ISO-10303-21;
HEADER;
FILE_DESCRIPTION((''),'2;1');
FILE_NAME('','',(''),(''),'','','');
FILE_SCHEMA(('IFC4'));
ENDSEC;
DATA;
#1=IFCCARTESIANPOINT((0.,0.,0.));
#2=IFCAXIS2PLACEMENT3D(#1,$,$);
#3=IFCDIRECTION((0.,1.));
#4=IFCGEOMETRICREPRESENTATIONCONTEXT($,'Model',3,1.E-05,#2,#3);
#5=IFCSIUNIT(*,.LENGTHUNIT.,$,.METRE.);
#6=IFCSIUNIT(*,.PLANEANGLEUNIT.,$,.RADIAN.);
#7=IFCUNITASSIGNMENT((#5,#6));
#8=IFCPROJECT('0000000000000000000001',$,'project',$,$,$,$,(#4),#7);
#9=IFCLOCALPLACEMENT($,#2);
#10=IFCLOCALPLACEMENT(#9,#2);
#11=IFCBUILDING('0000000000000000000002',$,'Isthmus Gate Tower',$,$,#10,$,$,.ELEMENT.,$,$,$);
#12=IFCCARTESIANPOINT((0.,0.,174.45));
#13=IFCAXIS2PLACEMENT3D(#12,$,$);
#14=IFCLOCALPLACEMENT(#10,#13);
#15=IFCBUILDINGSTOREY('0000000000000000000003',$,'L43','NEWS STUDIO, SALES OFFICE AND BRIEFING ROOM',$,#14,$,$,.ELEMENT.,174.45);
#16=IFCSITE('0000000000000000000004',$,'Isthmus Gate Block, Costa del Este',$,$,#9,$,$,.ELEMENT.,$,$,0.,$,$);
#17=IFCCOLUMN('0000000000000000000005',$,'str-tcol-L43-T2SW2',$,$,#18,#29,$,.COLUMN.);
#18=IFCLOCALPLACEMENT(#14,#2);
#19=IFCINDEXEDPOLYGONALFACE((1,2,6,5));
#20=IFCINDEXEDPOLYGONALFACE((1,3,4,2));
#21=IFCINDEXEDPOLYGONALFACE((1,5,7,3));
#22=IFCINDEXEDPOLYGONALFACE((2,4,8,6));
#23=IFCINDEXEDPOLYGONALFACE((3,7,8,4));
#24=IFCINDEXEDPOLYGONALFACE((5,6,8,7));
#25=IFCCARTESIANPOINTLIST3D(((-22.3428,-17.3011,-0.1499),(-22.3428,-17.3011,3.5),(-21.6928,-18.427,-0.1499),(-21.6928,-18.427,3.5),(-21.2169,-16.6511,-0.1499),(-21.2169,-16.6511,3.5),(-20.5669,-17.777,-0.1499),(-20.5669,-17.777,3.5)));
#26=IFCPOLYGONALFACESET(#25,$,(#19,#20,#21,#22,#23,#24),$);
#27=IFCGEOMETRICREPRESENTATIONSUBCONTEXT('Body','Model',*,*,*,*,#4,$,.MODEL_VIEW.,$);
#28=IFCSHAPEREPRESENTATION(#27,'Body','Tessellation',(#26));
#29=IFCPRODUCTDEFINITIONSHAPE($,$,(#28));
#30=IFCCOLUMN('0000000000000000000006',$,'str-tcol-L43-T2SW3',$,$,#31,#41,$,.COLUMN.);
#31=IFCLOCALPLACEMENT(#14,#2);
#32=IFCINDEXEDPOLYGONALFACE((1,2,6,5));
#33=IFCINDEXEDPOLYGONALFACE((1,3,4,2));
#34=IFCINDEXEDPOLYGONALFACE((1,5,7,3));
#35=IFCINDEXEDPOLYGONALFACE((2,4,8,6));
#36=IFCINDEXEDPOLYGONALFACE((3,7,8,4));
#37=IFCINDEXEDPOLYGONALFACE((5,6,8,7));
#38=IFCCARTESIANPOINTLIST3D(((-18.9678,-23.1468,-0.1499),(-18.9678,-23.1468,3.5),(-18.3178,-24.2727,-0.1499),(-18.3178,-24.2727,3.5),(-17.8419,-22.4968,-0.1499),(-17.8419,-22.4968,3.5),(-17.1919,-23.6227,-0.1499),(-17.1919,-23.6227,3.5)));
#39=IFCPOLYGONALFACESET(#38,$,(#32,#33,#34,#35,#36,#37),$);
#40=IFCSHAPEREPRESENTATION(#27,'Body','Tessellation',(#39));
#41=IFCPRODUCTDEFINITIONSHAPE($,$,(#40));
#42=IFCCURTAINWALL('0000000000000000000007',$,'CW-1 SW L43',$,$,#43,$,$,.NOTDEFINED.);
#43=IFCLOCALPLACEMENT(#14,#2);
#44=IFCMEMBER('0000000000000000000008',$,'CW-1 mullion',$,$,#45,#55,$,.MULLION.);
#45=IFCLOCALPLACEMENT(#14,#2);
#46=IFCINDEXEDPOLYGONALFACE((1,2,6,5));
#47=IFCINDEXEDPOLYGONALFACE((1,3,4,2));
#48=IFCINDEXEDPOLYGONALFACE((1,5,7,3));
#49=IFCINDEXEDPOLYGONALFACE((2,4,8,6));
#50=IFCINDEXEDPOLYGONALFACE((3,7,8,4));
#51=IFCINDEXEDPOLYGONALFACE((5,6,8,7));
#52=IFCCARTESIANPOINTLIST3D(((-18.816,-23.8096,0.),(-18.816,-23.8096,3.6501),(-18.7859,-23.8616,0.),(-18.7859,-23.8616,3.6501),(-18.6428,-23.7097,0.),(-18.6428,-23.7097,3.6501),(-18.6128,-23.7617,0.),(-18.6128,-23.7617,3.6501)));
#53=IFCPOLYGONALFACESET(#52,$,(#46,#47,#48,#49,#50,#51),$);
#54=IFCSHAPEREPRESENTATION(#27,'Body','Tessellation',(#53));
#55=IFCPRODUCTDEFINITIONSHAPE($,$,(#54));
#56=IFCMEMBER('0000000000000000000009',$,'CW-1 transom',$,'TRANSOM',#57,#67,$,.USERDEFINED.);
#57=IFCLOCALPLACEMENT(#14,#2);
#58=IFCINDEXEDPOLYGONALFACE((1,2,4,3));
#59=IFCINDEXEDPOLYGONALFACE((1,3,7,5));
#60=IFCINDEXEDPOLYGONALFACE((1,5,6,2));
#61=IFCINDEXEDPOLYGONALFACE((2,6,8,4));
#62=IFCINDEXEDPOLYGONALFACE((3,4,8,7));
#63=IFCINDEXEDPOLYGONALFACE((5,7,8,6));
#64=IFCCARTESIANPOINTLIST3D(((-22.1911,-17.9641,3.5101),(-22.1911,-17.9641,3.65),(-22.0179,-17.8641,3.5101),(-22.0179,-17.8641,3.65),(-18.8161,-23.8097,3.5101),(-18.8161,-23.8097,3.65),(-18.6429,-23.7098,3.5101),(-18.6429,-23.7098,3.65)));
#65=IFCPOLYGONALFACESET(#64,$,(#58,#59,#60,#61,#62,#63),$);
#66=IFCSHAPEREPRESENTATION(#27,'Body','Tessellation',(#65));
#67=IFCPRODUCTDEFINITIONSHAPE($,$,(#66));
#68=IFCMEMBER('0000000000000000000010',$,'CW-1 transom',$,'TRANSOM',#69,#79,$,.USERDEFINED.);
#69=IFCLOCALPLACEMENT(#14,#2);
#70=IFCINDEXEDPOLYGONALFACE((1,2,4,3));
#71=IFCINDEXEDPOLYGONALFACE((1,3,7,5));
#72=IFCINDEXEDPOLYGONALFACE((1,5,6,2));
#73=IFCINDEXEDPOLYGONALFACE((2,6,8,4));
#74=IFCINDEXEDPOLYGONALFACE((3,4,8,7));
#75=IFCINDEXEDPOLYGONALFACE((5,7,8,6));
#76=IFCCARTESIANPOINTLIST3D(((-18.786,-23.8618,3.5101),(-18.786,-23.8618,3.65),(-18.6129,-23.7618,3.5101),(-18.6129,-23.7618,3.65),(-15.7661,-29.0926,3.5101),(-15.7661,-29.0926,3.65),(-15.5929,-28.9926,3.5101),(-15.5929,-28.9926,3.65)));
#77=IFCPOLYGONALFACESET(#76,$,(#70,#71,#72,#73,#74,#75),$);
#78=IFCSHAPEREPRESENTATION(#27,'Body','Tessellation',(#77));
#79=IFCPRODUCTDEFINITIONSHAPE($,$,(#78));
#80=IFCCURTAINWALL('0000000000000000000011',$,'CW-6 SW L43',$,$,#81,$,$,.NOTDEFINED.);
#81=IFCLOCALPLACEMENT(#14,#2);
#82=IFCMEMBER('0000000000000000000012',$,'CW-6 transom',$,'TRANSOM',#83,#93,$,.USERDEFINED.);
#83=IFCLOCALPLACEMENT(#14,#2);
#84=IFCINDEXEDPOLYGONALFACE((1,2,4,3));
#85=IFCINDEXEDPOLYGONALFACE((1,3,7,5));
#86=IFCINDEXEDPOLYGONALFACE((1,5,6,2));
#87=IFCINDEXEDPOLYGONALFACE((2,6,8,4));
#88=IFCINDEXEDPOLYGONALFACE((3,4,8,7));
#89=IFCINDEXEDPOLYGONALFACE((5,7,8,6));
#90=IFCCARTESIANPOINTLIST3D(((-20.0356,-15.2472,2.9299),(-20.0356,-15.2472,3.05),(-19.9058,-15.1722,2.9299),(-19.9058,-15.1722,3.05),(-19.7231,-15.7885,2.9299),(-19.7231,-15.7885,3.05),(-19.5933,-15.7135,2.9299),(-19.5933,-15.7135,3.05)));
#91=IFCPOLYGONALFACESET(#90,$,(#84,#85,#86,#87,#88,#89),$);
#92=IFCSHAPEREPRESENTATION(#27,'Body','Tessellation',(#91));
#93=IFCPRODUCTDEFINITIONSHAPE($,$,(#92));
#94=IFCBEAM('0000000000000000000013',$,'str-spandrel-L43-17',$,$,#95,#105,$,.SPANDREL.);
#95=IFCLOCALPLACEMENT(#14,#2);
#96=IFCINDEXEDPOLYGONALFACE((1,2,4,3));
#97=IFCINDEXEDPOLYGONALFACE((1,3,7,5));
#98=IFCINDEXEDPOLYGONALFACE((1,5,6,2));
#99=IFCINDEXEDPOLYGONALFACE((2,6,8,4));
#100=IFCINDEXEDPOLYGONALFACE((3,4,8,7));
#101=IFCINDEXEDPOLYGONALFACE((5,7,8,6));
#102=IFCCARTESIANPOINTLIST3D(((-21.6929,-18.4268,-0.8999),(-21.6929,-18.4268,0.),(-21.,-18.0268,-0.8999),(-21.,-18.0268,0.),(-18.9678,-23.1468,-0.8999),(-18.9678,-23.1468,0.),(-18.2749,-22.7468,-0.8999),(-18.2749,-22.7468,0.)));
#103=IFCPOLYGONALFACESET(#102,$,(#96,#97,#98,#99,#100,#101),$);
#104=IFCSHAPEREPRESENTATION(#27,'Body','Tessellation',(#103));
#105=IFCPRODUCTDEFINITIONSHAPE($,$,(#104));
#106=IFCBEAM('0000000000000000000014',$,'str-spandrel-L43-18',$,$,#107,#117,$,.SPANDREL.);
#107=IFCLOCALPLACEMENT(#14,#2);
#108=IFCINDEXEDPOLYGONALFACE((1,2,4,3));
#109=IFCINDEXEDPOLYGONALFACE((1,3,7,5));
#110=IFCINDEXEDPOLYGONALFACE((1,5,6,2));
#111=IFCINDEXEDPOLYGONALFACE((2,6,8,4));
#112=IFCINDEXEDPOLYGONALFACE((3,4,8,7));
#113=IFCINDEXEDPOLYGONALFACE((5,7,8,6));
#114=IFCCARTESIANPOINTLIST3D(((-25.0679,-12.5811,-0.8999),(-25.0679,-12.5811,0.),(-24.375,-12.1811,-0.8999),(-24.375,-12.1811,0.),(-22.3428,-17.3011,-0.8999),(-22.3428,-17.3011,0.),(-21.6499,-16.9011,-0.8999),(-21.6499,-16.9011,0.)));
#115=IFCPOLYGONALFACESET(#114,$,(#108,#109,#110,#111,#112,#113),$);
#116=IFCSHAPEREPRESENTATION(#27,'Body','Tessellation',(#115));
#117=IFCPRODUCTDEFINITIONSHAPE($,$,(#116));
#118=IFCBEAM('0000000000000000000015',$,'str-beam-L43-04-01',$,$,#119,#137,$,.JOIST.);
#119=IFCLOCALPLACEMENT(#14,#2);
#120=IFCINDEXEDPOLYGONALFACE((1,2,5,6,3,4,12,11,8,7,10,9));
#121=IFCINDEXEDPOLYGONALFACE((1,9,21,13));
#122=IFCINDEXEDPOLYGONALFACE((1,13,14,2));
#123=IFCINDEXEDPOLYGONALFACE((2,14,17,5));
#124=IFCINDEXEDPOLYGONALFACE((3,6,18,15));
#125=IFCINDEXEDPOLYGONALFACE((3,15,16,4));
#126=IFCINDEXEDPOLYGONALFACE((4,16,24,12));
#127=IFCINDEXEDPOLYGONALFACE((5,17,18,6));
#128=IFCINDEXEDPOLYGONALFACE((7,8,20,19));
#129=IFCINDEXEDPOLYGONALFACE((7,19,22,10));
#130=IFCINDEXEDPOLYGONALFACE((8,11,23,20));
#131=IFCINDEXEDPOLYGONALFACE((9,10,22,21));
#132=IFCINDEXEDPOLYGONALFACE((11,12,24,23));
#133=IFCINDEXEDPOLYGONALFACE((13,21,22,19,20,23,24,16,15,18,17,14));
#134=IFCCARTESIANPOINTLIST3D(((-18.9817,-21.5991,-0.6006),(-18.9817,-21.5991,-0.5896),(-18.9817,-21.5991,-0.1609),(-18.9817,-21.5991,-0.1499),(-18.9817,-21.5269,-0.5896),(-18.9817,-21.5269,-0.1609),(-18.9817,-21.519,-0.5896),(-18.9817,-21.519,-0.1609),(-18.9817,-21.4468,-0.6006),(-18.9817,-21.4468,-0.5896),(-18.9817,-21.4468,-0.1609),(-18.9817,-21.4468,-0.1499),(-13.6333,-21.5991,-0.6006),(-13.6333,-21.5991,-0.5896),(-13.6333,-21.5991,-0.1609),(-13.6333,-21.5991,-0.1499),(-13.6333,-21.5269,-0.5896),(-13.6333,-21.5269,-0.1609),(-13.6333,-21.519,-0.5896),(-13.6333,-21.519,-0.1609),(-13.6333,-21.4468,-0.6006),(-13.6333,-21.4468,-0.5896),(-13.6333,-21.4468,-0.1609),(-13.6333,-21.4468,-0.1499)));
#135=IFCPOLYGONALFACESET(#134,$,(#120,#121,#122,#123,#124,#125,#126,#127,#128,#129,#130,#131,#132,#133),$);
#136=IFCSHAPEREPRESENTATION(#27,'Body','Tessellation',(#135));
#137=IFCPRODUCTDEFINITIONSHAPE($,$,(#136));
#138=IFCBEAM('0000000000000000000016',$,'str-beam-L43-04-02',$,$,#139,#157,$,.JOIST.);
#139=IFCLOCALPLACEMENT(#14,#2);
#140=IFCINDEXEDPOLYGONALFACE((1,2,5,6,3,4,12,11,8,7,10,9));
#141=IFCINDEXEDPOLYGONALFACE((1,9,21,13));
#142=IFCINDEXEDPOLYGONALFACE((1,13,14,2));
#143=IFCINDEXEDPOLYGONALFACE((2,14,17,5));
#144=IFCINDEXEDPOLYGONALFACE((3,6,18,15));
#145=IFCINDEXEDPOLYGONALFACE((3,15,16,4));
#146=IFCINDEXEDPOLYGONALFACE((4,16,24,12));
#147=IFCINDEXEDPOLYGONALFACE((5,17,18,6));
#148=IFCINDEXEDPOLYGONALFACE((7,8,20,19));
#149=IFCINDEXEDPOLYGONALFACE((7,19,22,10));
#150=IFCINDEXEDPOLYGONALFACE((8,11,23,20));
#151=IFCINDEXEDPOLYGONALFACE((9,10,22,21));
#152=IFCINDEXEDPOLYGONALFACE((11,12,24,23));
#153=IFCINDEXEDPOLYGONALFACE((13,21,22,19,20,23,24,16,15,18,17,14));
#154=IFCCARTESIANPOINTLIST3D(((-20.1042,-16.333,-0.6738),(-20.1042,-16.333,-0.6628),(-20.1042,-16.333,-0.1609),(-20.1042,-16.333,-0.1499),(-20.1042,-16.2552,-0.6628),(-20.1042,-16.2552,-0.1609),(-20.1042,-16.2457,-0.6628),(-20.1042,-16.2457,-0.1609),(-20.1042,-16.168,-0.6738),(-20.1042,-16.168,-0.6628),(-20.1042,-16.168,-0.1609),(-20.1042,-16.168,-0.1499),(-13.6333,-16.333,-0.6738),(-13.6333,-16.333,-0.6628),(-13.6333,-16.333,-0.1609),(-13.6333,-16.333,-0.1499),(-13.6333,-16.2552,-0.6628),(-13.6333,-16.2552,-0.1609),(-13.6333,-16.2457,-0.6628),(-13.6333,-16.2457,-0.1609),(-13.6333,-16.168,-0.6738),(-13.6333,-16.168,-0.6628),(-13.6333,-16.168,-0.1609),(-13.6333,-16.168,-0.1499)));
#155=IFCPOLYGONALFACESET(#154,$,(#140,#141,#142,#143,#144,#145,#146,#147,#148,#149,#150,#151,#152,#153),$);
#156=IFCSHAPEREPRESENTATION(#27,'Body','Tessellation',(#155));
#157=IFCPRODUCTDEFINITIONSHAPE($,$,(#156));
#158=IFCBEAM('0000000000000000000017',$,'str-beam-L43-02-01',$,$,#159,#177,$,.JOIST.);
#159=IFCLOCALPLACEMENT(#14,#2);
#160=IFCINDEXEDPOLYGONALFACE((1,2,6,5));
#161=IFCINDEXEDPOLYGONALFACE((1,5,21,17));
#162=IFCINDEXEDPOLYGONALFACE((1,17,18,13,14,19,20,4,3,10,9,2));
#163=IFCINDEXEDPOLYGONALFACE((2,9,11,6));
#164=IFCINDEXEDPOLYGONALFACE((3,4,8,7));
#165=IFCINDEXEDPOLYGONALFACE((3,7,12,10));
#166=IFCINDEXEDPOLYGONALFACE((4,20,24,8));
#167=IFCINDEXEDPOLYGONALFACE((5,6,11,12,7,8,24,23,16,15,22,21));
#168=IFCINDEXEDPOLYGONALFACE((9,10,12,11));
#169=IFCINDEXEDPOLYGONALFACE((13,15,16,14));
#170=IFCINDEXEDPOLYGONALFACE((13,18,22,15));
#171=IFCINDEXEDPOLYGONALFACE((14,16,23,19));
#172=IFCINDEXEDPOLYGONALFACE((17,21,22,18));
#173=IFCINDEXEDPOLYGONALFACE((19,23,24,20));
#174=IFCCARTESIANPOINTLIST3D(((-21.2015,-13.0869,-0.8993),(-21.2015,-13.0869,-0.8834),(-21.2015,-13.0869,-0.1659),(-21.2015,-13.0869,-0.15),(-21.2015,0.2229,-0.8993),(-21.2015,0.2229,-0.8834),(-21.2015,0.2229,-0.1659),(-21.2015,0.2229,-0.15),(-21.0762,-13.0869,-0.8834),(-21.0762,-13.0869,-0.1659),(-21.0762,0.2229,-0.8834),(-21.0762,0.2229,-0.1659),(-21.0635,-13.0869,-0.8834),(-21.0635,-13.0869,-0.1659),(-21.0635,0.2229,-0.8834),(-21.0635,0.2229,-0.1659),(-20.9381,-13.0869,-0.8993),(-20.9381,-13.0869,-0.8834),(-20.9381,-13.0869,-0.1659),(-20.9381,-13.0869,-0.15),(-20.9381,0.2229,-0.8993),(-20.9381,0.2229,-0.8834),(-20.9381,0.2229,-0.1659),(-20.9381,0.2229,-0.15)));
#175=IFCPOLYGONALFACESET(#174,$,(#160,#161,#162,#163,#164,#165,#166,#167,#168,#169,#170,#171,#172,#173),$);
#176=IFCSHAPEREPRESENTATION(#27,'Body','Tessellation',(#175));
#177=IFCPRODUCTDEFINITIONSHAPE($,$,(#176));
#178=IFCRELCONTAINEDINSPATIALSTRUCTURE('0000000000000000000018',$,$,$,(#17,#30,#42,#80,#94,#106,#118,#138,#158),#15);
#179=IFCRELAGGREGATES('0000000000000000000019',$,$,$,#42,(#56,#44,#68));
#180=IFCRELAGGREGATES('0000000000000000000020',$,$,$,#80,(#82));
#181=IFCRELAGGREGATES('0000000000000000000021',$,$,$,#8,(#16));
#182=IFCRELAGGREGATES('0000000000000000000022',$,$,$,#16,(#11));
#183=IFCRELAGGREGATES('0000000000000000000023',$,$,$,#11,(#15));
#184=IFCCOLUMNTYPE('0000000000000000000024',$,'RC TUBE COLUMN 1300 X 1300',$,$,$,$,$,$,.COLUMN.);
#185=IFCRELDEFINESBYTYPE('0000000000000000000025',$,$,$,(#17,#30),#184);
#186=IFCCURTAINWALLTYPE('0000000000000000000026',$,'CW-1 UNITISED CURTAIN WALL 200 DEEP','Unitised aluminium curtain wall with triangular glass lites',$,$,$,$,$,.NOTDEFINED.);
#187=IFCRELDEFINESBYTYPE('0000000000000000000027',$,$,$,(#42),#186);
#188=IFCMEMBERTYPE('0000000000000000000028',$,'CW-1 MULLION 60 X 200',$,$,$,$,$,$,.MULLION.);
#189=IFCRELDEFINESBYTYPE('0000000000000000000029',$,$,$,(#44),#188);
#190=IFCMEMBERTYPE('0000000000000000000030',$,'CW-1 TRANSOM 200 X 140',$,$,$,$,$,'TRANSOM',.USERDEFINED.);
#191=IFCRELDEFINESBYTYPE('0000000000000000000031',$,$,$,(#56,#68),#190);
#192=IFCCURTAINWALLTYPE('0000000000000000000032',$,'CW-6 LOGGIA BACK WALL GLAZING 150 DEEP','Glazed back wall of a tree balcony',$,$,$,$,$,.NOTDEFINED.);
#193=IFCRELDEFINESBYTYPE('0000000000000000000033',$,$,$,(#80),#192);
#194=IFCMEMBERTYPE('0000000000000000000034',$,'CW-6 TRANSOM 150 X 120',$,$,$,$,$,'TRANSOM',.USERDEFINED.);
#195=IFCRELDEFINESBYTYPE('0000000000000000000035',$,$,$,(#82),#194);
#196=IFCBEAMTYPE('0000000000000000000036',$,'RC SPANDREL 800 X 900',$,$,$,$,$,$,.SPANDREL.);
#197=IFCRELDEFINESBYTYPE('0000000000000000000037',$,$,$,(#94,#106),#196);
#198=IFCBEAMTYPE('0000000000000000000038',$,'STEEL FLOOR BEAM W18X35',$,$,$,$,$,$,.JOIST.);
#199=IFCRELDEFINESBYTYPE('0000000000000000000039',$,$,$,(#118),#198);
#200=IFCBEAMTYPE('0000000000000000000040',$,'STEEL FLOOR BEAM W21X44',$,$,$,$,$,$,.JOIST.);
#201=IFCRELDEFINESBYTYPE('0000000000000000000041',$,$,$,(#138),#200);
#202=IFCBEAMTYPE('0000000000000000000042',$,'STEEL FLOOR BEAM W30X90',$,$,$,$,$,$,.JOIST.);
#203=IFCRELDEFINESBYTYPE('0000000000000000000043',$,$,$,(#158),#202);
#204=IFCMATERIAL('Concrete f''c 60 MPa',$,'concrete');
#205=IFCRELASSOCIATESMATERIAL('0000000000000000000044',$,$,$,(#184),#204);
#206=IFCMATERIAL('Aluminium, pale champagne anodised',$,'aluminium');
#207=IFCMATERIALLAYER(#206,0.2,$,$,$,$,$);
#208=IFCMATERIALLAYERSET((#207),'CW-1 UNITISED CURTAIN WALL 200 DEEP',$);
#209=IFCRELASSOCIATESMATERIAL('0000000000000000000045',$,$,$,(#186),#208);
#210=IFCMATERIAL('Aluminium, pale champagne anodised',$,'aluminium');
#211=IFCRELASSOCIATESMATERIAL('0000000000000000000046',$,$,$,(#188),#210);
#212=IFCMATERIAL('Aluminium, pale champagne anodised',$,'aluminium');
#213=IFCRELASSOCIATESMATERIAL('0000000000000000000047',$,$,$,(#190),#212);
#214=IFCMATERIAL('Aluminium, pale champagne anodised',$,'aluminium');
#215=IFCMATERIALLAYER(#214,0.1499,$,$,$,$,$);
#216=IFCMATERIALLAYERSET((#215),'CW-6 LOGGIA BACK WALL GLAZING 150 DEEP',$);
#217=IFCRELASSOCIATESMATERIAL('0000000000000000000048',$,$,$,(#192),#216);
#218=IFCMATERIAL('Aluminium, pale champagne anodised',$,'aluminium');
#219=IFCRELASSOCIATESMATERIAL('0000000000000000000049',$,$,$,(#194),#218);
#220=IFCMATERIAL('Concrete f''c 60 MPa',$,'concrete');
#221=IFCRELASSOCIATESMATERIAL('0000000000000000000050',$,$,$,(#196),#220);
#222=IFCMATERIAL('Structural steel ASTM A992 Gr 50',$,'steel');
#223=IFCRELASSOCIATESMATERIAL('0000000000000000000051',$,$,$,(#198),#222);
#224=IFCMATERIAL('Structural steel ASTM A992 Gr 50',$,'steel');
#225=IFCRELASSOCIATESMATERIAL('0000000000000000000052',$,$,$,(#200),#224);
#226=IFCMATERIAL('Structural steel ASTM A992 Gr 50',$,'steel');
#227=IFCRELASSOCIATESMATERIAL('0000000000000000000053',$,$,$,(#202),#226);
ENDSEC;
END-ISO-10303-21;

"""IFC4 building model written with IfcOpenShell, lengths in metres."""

from ifc_helpers import new_model, si_unit, direction, frame, origin, origin_2d, place, context, subcontext, project, spatial, rectangle, i_section, extrude, material, layer, layer_set, material_profile, profile_set, type_object, element, aggregate, save


model = new_model("IFC4")

# Units and contexts
model_context = context("Model", 3, precision=1e-05, world=origin(), true_north=direction((0.0, 1.0)))
body_context = subcontext(model_context, "Body", "Model", "MODEL_VIEW")
ifc_project = project(units=[si_unit("LENGTHUNIT", "METRE"), si_unit("PLANEANGLEUNIT", "RADIAN")], contexts=[model_context])

# Site, building, storey
site_placement = place(None, origin())
site = spatial("IfcSite", under=ifc_project, at=site_placement, Name="Isthmus Gate Block, Costa del Este", CompositionType="ELEMENT", RefElevation=0.0)
building_placement = place(site_placement, origin())
building = spatial("IfcBuilding", under=site, at=building_placement, Name="Isthmus Gate Tower", CompositionType="ELEMENT")
storey_placement = place(building_placement, frame((0.0, 0.0, 174.45)))
storey = spatial("IfcBuildingStorey", under=building, at=storey_placement, Name="L43", Description="NEWS STUDIO, SALES OFFICE AND BRIEFING ROOM", CompositionType="ELEMENT", Elevation=174.45)

# Columns
ifc_material_1 = material(Name="Concrete f'c 60 MPa", Category="concrete")
ifc_material_profile_1 = material_profile(ifc_material_1, rectangle(XDim=1.3, YDim=1.3, at=origin_2d()), Name="RC 1300X1300")
ifc_profile_set_1 = profile_set([ifc_material_profile_1], Name="Concrete f'c 60 MPa")
column_type = type_object("IfcColumnType", Name="RC TUBE COLUMN 1300 X 1300", PredefinedType="COLUMN", material=ifc_profile_set_1)
for number, where, z_axis, x_axis, name in (
    (1, (-21.4548, -17.5391, -0.1499), (0.0, 0.0, 1.0), (0.5, -0.866025, 0.0), "str-tcol-L43-T2SW2"),
    (2, (-18.0798, -23.3848, -0.1499), (0.0, 0.0, 1.0), (0.5, -0.866025, 0.0), "str-tcol-L43-T2SW3"),
):
    element("IfcColumn", number, at=place(storey_placement, frame(where, z_axis=z_axis, x_axis=x_axis)), inside=storey, type_object=column_type, Name=name, PredefinedType="COLUMN", context=body_context, shape_type="SweptSolid", body=[
        extrude(rectangle(XDim=1.3, YDim=1.3, at=origin_2d()), origin(), (0.0, 0.0, 1.0), 3.6499),
    ])

# Curtain wall, members
ifc_material_2 = material(Name="Aluminium, pale champagne anodised", Category="aluminium")
ifc_layer_1 = layer(ifc_material_2, 0.2)
ifc_layer_set_1 = layer_set([ifc_layer_1], Name="CW-1 UNITISED CURTAIN WALL 200 DEEP")
curtain_wall_type_1 = type_object("IfcCurtainWallType", Name="CW-1 UNITISED CURTAIN WALL 200 DEEP", Description="Unitised aluminium curtain wall with triangular glass lites", PredefinedType="NOTDEFINED", material=ifc_layer_set_1)
curtain_wall_1_placement = place(storey_placement, origin())
curtain_wall_1 = element("IfcCurtainWall", 3, at=curtain_wall_1_placement, inside=storey, type_object=curtain_wall_type_1, Name="CW-1 SW L43", PredefinedType="NOTDEFINED")
ifc_material_3 = material(Name="Aluminium, pale champagne anodised", Category="aluminium")
ifc_material_profile_2 = material_profile(ifc_material_3, rectangle(XDim=0.0601, YDim=0.2, at=origin_2d()), Name="60x200")
ifc_profile_set_2 = profile_set([ifc_material_profile_2], Name="Aluminium, pale champagne anodised")
member_type_1 = type_object("IfcMemberType", Name="CW-1 MULLION 60 X 200", PredefinedType="MULLION", material=ifc_profile_set_2)
member_1_placement = place(storey_placement, frame((-18.7144, -23.7856, 0.0), z_axis=(0.0, 0.0, 1.0), x_axis=(0.5, -0.866025, 0.0)))
member_1 = element("IfcMember", 4, at=member_1_placement, type_object=member_type_1, Name="CW-1 mullion", PredefinedType="MULLION", context=body_context, shape_type="SweptSolid", body=[
    extrude(rectangle(XDim=0.0601, YDim=0.2, at=origin_2d()), origin(), (0.0, 0.0, 1.0), 3.6501),
])
ifc_material_4 = material(Name="Aluminium, pale champagne anodised", Category="aluminium")
ifc_material_profile_3 = material_profile(ifc_material_4, rectangle(XDim=0.2, YDim=0.1399, at=origin_2d()), Name="200x140")
ifc_profile_set_3 = profile_set([ifc_material_profile_3], Name="Aluminium, pale champagne anodised")
member_type_2 = type_object("IfcMemberType", Name="CW-1 TRANSOM 200 X 140", ElementType="TRANSOM", PredefinedType="USERDEFINED", material=ifc_profile_set_3)
member_2_placement = place(storey_placement, frame((-22.1045, -17.9141, 3.5801), z_axis=(0.499998, -0.866027, 0.0), x_axis=(0.866027, 0.499998, 0.0)))
member_2 = element("IfcMember", 5, at=member_2_placement, type_object=member_type_2, Name="CW-1 transom", ObjectType="TRANSOM", PredefinedType="USERDEFINED", context=body_context, shape_type="SweptSolid", body=[
    extrude(rectangle(XDim=0.2, YDim=0.1399, at=origin_2d()), origin(), (0.0, 0.0, 1.0), 6.75),
])
member_3_placement = place(storey_placement, frame((-18.6995, -23.8118, 3.5801), z_axis=(0.499991, -0.866031, 0.0), x_axis=(0.866031, 0.499991, 0.0)))
member_3 = element("IfcMember", 6, at=member_3_placement, type_object=member_type_2, Name="CW-1 transom", ObjectType="TRANSOM", PredefinedType="USERDEFINED", context=body_context, shape_type="SweptSolid", body=[
    extrude(rectangle(XDim=0.2, YDim=0.1399, at=origin_2d()), origin(), (0.0, 0.0, 1.0), 6.04),
])

# Curtain wall, member
ifc_material_5 = material(Name="Aluminium, pale champagne anodised", Category="aluminium")
ifc_layer_2 = layer(ifc_material_5, 0.1499)
ifc_layer_set_2 = layer_set([ifc_layer_2], Name="CW-6 LOGGIA BACK WALL GLAZING 150 DEEP")
curtain_wall_type_2 = type_object("IfcCurtainWallType", Name="CW-6 LOGGIA BACK WALL GLAZING 150 DEEP", Description="Glazed back wall of a tree balcony", PredefinedType="NOTDEFINED", material=ifc_layer_set_2)
curtain_wall_2_placement = place(storey_placement, origin())
curtain_wall_2 = element("IfcCurtainWall", 7, at=curtain_wall_2_placement, inside=storey, type_object=curtain_wall_type_2, Name="CW-6 SW L43", PredefinedType="NOTDEFINED")
ifc_material_6 = material(Name="Aluminium, pale champagne anodised", Category="aluminium")
ifc_material_profile_4 = material_profile(ifc_material_6, rectangle(XDim=0.1499, YDim=0.1201, at=origin_2d()), Name="150x120")
ifc_profile_set_4 = profile_set([ifc_material_profile_4], Name="Aluminium, pale champagne anodised")
member_type_3 = type_object("IfcMemberType", Name="CW-6 TRANSOM 150 X 120", ElementType="TRANSOM", PredefinedType="USERDEFINED", material=ifc_profile_set_4)
member_4_placement = place(storey_placement, frame((-19.9707, -15.2097, 2.99), z_axis=(0.500004, -0.866023, 0.0), x_axis=(0.866023, 0.500004, 0.0)))
member_4 = element("IfcMember", 8, at=member_4_placement, type_object=member_type_3, Name="CW-6 transom", ObjectType="TRANSOM", PredefinedType="USERDEFINED", context=body_context, shape_type="SweptSolid", body=[
    extrude(rectangle(XDim=0.1499, YDim=0.1201, at=origin_2d()), origin(), (0.0, 0.0, 1.0), 0.625),
])

# Beams
ifc_material_7 = material(Name="Concrete f'c 60 MPa", Category="concrete")
ifc_material_profile_5 = material_profile(ifc_material_7, rectangle(XDim=0.8, YDim=0.8999, at=origin_2d()), Name="RC 800X900")
ifc_profile_set_5 = profile_set([ifc_material_profile_5], Name="Concrete f'c 60 MPa")
beam_type_1 = type_object("IfcBeamType", Name="RC SPANDREL 800 X 900", PredefinedType="SPANDREL", material=ifc_profile_set_5)
for number, where, z_axis, x_axis, name in (
    (9, (-18.6213, -22.9468, -0.45), (-0.500003, 0.866024, 0.0), (-0.866024, -0.500003, 0.0), "str-spandrel-L43-17"),
    (10, (-21.9963, -17.1011, -0.45), (-0.500003, 0.866024, 0.0), (-0.866024, -0.500003, 0.0), "str-spandrel-L43-18"),
):
    element("IfcBeam", number, at=place(storey_placement, frame(where, z_axis=z_axis, x_axis=x_axis)), inside=storey, type_object=beam_type_1, Name=name, PredefinedType="SPANDREL", context=body_context, shape_type="SweptSolid", body=[
        extrude(rectangle(XDim=0.8, YDim=0.8999, at=origin_2d()), origin(), (0.0, 0.0, 1.0), 5.4502),
    ])
ifc_material_8 = material(Name="Structural steel ASTM A992 Gr 50", Category="steel")
ifc_material_profile_6 = material_profile(ifc_material_8, i_section(OverallWidth=0.1523, OverallDepth=0.4507, WebThickness=0.0078, FlangeThickness=0.011, at=origin_2d()), Name="W18X35")
ifc_profile_set_6 = profile_set([ifc_material_profile_6], Name="Structural steel ASTM A992 Gr 50")
beam_type_2 = type_object("IfcBeamType", Name="STEEL FLOOR BEAM W18X35", PredefinedType="JOIST", material=ifc_profile_set_6)
beam_1_placement = place(storey_placement, frame((-18.9817, -21.5229, -0.3752), z_axis=(1.0, 0.0, 0.0), x_axis=(0.0, 1.0, 0.0)))
element("IfcBeam", 11, at=beam_1_placement, inside=storey, type_object=beam_type_2, Name="str-beam-L43-04-01", PredefinedType="JOIST", context=body_context, shape_type="SweptSolid", body=[
    extrude(i_section(OverallWidth=0.1523, OverallDepth=0.4507, WebThickness=0.0078, FlangeThickness=0.011, at=origin_2d()), origin(), (0.0, 0.0, 1.0), 5.3484),
])
ifc_material_9 = material(Name="Structural steel ASTM A992 Gr 50", Category="steel")
ifc_material_profile_7 = material_profile(ifc_material_9, i_section(OverallWidth=0.165, OverallDepth=0.5239, WebThickness=0.0095, FlangeThickness=0.011, at=origin_2d()), Name="W21X44")
ifc_profile_set_7 = profile_set([ifc_material_profile_7], Name="Structural steel ASTM A992 Gr 50")
beam_type_3 = type_object("IfcBeamType", Name="STEEL FLOOR BEAM W21X44", PredefinedType="JOIST", material=ifc_profile_set_7)
beam_2_placement = place(storey_placement, frame((-20.1042, -16.2505, -0.4119), z_axis=(1.0, 0.0, 0.0), x_axis=(0.0, 1.0, 0.0)))
element("IfcBeam", 12, at=beam_2_placement, inside=storey, type_object=beam_type_3, Name="str-beam-L43-04-02", PredefinedType="JOIST", context=body_context, shape_type="SweptSolid", body=[
    extrude(i_section(OverallWidth=0.165, OverallDepth=0.5239, WebThickness=0.0095, FlangeThickness=0.011, at=origin_2d()), origin(), (0.0, 0.0, 1.0), 6.4709),
])
ifc_material_10 = material(Name="Structural steel ASTM A992 Gr 50", Category="steel")
ifc_material_profile_8 = material_profile(ifc_material_10, i_section(OverallWidth=0.2634, OverallDepth=0.7493, WebThickness=0.0127, FlangeThickness=0.0159, at=origin_2d()), Name="W30X90")
ifc_profile_set_8 = profile_set([ifc_material_profile_8], Name="Structural steel ASTM A992 Gr 50")
beam_type_4 = type_object("IfcBeamType", Name="STEEL FLOOR BEAM W30X90", PredefinedType="JOIST", material=ifc_profile_set_8)
beam_3_placement = place(storey_placement, frame((-21.0698, -13.0869, -0.5247), z_axis=(0.0, 1.0, 0.0), x_axis=(-1.0, 0.0, 0.0)))
element("IfcBeam", 13, at=beam_3_placement, inside=storey, type_object=beam_type_4, Name="str-beam-L43-02-01", PredefinedType="JOIST", context=body_context, shape_type="SweptSolid", body=[
    extrude(i_section(OverallWidth=0.2634, OverallDepth=0.7493, WebThickness=0.0127, FlangeThickness=0.0159, at=origin_2d()), origin(), (0.0, 0.0, 1.0), 13.3098),
])

aggregate(curtain_wall_1, [member_2, member_1, member_3])
aggregate(curtain_wall_2, [member_4])

save(model, "model.ifc")
